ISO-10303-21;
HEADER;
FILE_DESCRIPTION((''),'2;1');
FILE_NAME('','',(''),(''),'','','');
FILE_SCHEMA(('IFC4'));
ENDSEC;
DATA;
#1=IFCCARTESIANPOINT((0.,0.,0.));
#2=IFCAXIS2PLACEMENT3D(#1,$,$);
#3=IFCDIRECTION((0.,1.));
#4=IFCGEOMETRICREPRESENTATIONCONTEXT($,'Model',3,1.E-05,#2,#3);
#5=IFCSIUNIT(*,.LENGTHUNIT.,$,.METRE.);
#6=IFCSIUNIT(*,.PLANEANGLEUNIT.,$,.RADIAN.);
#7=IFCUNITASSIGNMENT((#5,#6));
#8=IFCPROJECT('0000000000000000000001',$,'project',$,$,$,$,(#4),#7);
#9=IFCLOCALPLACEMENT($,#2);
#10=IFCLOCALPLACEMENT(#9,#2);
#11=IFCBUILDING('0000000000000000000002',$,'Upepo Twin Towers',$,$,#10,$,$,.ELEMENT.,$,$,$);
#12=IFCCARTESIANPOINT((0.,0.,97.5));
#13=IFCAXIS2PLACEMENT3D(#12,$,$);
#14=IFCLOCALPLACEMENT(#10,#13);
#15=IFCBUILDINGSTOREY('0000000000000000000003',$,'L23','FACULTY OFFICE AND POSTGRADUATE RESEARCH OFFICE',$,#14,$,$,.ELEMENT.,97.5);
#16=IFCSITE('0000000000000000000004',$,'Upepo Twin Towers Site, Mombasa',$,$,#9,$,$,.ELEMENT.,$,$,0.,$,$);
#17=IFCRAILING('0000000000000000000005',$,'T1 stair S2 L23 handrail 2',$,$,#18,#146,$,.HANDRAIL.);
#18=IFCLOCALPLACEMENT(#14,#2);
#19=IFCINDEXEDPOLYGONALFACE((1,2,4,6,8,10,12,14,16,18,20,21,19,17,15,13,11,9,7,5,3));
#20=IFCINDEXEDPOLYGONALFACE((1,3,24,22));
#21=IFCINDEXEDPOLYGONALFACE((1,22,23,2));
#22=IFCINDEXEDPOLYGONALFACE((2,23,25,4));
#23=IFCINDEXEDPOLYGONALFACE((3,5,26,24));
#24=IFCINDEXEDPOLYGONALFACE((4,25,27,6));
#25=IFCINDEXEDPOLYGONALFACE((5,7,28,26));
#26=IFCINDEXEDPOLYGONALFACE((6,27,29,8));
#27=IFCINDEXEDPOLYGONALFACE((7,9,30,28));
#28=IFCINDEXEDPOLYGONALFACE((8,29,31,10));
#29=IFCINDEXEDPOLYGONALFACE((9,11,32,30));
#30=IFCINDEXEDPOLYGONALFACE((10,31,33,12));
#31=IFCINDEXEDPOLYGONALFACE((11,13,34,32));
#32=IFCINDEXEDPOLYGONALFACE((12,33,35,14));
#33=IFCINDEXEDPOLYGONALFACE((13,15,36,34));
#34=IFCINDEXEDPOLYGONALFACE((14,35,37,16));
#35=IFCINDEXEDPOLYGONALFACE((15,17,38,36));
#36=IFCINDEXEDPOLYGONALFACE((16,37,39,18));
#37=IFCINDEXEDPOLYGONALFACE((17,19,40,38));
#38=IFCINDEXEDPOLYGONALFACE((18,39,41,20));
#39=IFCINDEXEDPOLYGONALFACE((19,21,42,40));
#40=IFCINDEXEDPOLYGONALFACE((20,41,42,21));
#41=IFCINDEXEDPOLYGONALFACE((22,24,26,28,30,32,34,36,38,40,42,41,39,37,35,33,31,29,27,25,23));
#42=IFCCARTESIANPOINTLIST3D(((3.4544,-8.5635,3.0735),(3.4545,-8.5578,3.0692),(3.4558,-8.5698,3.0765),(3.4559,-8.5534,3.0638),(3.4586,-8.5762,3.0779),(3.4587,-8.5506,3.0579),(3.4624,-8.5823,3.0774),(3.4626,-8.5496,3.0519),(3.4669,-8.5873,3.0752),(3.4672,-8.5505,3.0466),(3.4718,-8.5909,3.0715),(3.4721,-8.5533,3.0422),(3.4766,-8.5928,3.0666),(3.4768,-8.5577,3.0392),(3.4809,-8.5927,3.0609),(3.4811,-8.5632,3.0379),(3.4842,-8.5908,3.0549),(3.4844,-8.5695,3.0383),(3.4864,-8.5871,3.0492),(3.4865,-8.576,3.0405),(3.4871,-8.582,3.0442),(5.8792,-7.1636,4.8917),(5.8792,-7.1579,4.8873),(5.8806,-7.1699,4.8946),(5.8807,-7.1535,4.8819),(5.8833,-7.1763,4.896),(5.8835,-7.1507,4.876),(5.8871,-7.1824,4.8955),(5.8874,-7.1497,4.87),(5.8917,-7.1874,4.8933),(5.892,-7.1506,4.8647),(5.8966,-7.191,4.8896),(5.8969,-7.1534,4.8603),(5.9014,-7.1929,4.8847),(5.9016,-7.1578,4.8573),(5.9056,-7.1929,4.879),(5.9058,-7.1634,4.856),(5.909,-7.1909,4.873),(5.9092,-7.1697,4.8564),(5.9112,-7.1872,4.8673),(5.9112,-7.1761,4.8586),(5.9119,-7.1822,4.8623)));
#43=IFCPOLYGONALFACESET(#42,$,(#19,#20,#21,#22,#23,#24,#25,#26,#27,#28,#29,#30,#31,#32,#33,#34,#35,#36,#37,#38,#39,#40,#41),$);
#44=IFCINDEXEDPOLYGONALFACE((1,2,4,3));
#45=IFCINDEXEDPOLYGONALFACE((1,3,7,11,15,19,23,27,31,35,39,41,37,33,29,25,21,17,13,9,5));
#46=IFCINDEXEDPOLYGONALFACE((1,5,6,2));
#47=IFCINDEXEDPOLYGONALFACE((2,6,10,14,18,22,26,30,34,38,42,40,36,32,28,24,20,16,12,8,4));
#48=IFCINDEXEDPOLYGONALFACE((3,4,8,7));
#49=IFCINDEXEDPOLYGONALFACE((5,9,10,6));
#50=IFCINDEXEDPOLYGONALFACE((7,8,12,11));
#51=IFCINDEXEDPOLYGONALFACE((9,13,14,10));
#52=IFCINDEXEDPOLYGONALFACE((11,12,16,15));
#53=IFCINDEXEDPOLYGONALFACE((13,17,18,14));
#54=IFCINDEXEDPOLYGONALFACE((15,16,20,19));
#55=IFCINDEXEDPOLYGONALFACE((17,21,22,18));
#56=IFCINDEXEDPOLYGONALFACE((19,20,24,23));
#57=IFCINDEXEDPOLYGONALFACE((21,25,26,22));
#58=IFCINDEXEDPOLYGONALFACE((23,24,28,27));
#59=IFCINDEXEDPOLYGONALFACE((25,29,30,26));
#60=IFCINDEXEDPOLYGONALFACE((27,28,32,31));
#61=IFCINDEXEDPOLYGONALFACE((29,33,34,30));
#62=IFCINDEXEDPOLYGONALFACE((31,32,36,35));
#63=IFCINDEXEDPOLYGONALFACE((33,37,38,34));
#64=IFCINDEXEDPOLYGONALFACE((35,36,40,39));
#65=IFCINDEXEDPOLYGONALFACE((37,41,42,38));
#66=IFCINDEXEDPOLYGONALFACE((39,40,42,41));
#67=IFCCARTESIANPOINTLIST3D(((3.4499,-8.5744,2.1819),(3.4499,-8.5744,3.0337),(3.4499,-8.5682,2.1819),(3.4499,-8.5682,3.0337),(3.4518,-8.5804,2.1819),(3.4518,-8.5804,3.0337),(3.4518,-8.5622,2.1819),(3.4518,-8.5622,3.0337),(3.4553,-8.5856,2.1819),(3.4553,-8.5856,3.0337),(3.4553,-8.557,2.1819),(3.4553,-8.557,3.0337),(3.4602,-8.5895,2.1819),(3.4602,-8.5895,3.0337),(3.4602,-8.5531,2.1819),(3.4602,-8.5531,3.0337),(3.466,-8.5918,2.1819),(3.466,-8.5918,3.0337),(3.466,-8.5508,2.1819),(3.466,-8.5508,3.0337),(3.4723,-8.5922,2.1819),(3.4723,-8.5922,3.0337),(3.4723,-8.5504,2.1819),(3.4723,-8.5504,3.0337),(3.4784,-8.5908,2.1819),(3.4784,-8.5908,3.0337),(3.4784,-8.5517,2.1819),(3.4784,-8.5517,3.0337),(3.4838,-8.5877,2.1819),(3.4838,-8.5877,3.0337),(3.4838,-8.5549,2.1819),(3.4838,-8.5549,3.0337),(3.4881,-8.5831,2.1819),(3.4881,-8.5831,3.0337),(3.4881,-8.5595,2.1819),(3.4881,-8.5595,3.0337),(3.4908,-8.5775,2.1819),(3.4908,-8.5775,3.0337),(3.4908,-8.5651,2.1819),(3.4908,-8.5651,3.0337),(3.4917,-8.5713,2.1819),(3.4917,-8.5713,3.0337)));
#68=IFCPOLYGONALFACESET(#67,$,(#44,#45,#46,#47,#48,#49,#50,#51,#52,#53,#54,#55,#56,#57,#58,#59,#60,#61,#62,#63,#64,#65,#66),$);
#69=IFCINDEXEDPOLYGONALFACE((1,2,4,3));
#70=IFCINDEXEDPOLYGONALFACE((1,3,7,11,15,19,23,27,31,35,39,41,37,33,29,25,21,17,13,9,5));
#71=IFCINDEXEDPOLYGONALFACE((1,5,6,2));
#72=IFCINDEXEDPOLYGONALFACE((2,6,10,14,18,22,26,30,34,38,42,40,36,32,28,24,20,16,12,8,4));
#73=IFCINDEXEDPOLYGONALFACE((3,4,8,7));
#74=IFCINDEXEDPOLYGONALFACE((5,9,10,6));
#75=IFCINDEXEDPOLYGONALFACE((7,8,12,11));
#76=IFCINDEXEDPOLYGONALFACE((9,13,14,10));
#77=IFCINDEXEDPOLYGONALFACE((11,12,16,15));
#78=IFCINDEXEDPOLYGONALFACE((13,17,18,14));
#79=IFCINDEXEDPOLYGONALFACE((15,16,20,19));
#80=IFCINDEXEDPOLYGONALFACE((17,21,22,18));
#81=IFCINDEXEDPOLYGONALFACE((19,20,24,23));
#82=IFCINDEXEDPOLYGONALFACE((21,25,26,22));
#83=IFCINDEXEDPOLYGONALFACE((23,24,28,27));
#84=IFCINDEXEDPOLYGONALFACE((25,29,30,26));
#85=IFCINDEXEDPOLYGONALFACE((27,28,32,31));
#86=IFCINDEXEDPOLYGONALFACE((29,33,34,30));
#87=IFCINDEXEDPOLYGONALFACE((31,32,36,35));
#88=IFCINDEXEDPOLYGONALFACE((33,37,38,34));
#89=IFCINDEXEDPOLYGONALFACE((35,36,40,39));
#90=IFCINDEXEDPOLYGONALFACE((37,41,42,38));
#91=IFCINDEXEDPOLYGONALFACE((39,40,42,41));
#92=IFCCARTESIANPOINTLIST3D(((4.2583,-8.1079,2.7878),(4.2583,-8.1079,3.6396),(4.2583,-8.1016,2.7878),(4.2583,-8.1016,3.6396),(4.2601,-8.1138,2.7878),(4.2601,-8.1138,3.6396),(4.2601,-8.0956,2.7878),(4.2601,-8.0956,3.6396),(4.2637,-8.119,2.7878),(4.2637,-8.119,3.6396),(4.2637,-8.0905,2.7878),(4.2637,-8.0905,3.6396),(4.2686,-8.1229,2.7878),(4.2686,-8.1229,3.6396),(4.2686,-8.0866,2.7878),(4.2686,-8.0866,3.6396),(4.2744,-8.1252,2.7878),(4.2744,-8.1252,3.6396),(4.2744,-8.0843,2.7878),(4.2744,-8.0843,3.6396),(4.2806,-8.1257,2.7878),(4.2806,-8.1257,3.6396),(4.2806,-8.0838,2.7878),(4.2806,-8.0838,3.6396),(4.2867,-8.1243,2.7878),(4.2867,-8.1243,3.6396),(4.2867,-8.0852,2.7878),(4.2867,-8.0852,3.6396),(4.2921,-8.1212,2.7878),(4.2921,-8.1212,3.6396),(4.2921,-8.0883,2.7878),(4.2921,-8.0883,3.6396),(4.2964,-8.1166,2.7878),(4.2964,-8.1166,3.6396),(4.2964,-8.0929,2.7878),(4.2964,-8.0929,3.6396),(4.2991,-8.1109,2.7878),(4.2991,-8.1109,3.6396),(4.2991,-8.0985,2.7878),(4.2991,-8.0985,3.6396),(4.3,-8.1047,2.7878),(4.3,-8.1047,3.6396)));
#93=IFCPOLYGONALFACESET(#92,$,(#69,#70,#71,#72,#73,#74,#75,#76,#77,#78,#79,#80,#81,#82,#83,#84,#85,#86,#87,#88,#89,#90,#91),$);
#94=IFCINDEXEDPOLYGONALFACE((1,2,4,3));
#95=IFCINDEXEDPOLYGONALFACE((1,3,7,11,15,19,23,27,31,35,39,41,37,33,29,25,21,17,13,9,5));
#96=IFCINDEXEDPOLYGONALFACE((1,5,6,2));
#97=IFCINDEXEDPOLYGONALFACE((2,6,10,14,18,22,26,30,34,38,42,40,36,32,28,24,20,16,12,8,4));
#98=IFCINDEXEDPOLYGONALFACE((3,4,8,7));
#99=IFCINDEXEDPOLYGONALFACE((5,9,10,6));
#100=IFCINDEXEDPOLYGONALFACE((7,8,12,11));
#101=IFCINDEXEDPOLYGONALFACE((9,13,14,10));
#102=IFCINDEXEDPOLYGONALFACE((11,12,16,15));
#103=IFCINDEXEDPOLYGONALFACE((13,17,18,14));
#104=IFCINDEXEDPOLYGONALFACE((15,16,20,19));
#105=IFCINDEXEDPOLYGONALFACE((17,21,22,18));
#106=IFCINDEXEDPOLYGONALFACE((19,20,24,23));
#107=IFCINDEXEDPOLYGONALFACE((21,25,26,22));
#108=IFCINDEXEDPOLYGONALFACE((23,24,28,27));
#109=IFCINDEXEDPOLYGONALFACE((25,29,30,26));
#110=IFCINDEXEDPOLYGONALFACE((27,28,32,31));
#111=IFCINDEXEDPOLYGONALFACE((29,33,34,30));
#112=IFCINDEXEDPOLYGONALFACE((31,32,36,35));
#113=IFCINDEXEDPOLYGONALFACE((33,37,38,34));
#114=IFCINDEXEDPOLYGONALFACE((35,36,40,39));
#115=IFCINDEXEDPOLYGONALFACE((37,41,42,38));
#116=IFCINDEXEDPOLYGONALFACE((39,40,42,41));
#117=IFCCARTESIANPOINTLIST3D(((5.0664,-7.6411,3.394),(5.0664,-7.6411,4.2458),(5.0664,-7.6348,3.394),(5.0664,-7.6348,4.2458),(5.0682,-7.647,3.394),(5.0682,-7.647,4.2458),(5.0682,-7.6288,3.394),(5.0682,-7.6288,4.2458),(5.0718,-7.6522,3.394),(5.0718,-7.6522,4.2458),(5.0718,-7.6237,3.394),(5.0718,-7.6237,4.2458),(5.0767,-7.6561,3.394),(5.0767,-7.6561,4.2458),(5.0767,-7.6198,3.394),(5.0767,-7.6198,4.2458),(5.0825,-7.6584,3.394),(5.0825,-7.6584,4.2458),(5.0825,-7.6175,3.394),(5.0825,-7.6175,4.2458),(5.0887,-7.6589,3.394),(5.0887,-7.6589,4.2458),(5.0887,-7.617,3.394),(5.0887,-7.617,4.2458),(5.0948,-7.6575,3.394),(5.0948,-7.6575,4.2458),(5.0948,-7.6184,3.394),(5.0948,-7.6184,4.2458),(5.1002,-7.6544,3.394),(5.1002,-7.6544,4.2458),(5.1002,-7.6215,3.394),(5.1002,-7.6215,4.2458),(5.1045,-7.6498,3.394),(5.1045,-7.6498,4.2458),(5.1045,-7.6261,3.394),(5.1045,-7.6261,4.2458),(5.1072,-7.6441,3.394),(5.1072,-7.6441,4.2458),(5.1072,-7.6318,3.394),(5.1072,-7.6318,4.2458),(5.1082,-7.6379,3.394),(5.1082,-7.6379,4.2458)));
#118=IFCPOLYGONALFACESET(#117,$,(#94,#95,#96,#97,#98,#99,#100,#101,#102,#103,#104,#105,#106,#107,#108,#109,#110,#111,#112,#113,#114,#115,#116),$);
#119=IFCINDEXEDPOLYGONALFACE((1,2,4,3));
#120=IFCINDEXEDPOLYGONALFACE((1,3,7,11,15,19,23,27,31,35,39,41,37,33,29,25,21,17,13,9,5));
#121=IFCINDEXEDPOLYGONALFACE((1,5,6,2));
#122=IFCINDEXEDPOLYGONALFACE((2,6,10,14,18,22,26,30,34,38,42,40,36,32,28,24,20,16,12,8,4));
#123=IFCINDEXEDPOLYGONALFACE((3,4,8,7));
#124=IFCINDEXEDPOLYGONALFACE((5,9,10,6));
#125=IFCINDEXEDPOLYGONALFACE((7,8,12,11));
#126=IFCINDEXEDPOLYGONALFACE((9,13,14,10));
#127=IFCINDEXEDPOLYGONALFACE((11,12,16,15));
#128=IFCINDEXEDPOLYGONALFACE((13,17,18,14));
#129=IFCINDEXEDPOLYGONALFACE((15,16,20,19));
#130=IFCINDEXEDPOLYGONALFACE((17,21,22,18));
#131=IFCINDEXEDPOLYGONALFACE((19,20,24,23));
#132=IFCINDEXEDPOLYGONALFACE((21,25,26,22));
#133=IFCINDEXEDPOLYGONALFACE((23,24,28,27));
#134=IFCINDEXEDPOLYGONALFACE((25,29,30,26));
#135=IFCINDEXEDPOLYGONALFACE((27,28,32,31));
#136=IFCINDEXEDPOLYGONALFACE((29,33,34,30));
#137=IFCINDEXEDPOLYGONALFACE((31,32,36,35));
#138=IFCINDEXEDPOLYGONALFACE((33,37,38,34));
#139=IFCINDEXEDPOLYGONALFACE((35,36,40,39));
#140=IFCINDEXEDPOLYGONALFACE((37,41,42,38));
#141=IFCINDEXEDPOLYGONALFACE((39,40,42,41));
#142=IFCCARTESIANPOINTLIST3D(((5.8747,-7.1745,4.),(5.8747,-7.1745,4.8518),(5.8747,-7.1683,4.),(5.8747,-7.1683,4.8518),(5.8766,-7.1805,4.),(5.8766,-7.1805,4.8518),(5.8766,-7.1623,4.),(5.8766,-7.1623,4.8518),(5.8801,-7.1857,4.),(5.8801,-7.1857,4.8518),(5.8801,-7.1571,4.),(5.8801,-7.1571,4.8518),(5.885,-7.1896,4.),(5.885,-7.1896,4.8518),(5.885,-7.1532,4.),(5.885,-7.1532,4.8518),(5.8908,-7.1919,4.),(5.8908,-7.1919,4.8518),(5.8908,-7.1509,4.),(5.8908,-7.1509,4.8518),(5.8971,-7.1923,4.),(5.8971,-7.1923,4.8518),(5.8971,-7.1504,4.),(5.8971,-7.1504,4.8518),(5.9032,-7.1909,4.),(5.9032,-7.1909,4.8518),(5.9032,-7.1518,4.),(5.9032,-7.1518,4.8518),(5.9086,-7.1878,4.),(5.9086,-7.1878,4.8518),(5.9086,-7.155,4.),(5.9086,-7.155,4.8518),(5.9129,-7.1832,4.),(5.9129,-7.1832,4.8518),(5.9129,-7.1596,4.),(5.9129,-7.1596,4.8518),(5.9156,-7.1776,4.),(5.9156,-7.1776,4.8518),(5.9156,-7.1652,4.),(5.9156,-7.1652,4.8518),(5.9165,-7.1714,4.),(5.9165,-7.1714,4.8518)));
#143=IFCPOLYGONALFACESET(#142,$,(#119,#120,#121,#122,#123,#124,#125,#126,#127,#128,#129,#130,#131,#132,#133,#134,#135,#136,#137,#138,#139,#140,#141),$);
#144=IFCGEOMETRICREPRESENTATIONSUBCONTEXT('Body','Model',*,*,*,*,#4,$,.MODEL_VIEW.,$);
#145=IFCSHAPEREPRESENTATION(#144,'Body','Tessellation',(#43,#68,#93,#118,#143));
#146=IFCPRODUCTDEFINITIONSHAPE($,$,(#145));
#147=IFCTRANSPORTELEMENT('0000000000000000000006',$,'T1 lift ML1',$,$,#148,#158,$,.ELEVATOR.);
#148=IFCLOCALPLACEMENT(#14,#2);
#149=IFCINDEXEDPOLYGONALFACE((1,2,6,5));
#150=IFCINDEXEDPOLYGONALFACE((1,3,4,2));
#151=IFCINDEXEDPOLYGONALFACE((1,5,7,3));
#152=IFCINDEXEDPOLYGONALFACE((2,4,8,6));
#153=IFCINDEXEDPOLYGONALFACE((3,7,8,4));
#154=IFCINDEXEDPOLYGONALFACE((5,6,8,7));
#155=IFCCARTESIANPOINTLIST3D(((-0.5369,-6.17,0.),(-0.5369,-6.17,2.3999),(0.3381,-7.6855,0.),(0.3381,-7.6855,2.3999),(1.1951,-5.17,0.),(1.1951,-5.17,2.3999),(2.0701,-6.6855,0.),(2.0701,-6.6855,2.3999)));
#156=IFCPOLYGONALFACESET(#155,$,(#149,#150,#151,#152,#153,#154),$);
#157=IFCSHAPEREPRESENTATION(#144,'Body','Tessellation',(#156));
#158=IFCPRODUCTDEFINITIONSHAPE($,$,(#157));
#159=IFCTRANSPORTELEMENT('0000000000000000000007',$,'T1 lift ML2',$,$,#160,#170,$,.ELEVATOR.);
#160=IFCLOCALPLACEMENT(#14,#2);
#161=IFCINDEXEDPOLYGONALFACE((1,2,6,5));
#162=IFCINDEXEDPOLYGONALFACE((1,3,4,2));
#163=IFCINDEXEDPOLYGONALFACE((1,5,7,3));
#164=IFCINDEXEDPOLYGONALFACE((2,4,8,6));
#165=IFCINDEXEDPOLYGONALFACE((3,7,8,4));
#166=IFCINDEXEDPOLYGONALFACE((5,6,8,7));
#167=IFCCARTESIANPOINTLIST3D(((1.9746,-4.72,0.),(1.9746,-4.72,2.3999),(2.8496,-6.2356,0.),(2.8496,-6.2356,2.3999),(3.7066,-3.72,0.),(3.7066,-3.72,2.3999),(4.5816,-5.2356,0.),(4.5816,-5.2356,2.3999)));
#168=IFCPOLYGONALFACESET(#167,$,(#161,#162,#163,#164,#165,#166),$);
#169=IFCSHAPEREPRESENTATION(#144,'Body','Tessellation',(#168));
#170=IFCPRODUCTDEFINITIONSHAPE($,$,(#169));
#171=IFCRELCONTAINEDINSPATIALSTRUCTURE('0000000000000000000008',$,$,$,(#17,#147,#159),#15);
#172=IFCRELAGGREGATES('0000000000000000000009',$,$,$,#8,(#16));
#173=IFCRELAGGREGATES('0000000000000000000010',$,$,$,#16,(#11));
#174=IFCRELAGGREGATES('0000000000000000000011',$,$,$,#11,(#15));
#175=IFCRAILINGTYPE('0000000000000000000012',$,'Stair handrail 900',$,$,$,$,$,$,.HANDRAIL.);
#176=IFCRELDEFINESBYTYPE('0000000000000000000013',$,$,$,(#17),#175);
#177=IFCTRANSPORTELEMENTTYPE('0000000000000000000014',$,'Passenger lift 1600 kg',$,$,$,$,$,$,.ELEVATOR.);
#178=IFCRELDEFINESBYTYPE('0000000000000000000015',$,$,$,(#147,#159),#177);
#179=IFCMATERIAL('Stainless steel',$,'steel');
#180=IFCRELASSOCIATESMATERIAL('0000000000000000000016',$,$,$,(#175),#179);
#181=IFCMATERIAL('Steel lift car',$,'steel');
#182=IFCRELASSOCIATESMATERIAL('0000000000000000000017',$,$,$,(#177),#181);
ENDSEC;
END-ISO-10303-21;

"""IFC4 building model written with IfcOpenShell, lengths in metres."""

from ifc_helpers import new_model, si_unit, direction, frame, origin, origin_2d, place, context, subcontext, project, spatial, rectangle, circle, extrude, material, type_object, element, save


model = new_model("IFC4")

# Units and contexts
model_context = context("Model", 3, precision=1e-05, world=origin(), true_north=direction((0.0, 1.0)))
body_context = subcontext(model_context, "Body", "Model", "MODEL_VIEW")
ifc_project = project(units=[si_unit("LENGTHUNIT", "METRE"), si_unit("PLANEANGLEUNIT", "RADIAN")], contexts=[model_context])

# Site, building, storey
site_placement = place(None, origin())
site = spatial("IfcSite", under=ifc_project, at=site_placement, Name="Upepo Twin Towers Site, Mombasa", CompositionType="ELEMENT", RefElevation=0.0)
building_placement = place(site_placement, origin())
building = spatial("IfcBuilding", under=site, at=building_placement, Name="Upepo Twin Towers", CompositionType="ELEMENT")
storey_placement = place(building_placement, frame((0.0, 0.0, 97.5)))
storey = spatial("IfcBuildingStorey", under=building, at=storey_placement, Name="L23", Description="FACULTY OFFICE AND POSTGRADUATE RESEARCH OFFICE", CompositionType="ELEMENT", Elevation=97.5)

# Railing
ifc_material_1 = material(Name="Stainless steel", Category="steel")
railing_type = type_object("IfcRailingType", Name="Stair handrail 900", PredefinedType="HANDRAIL", material=ifc_material_1)
railing_1_placement = place(storey_placement, frame((3.4707, -8.5713, 2.1819)))
element("IfcRailing", 1, at=railing_1_placement, inside=storey, type_object=railing_type, Name="T1 stair S2 L23 handrail 2", PredefinedType="HANDRAIL", context=body_context, shape_type="SweptSolid", body=[
    extrude(circle(Radius=0.0239, at=origin_2d()), frame((0.0, 0.0, 0.876), z_axis=(0.726336, 0.419333, 0.544606), x_axis=(-0.499984, 0.866035, 0.0)), (0.0, 0.0, 1.0), 3.3384),
    extrude(circle(Radius=0.021, at=origin_2d()), origin(), (0.0, 0.0, 1.0), 0.8518),
    extrude(circle(Radius=0.021, at=origin_2d()), frame((0.8083, 0.4666, 0.606)), (0.0, 0.0, 1.0), 0.8518),
    extrude(circle(Radius=0.021, at=origin_2d()), frame((1.6165, 0.9333, 1.2122)), (0.0, 0.0, 1.0), 0.8518),
    extrude(circle(Radius=0.021, at=origin_2d()), frame((2.4248, 1.3999, 1.8181)), (0.0, 0.0, 1.0), 0.8518),
])

# Transport elements
ifc_material_2 = material(Name="Steel lift car", Category="steel")
transport_element_type = type_object("IfcTransportElementType", Name="Passenger lift 1600 kg", PredefinedType="ELEVATOR", material=ifc_material_2)
for number, where, z_axis, x_axis, name in (
    (2, (0.7666, -6.4277, 0.0), (0.0, 0.0, 1.0), (0.866025, 0.5, 0.0), "T1 lift ML1"),
    (3, (3.2781, -4.9778, 0.0), (0.0, 0.0, 1.0), (0.866025, 0.5, 0.0), "T1 lift ML2"),
):
    element("IfcTransportElement", number, at=place(storey_placement, frame(where, z_axis=z_axis, x_axis=x_axis)), inside=storey, type_object=transport_element_type, Name=name, PredefinedType="ELEVATOR", context=body_context, shape_type="SweptSolid", body=[
        extrude(rectangle(XDim=2.0, YDim=1.75, at=origin_2d()), origin(), (0.0, 0.0, 1.0), 2.3999),
    ])

save(model, "model.ifc")
